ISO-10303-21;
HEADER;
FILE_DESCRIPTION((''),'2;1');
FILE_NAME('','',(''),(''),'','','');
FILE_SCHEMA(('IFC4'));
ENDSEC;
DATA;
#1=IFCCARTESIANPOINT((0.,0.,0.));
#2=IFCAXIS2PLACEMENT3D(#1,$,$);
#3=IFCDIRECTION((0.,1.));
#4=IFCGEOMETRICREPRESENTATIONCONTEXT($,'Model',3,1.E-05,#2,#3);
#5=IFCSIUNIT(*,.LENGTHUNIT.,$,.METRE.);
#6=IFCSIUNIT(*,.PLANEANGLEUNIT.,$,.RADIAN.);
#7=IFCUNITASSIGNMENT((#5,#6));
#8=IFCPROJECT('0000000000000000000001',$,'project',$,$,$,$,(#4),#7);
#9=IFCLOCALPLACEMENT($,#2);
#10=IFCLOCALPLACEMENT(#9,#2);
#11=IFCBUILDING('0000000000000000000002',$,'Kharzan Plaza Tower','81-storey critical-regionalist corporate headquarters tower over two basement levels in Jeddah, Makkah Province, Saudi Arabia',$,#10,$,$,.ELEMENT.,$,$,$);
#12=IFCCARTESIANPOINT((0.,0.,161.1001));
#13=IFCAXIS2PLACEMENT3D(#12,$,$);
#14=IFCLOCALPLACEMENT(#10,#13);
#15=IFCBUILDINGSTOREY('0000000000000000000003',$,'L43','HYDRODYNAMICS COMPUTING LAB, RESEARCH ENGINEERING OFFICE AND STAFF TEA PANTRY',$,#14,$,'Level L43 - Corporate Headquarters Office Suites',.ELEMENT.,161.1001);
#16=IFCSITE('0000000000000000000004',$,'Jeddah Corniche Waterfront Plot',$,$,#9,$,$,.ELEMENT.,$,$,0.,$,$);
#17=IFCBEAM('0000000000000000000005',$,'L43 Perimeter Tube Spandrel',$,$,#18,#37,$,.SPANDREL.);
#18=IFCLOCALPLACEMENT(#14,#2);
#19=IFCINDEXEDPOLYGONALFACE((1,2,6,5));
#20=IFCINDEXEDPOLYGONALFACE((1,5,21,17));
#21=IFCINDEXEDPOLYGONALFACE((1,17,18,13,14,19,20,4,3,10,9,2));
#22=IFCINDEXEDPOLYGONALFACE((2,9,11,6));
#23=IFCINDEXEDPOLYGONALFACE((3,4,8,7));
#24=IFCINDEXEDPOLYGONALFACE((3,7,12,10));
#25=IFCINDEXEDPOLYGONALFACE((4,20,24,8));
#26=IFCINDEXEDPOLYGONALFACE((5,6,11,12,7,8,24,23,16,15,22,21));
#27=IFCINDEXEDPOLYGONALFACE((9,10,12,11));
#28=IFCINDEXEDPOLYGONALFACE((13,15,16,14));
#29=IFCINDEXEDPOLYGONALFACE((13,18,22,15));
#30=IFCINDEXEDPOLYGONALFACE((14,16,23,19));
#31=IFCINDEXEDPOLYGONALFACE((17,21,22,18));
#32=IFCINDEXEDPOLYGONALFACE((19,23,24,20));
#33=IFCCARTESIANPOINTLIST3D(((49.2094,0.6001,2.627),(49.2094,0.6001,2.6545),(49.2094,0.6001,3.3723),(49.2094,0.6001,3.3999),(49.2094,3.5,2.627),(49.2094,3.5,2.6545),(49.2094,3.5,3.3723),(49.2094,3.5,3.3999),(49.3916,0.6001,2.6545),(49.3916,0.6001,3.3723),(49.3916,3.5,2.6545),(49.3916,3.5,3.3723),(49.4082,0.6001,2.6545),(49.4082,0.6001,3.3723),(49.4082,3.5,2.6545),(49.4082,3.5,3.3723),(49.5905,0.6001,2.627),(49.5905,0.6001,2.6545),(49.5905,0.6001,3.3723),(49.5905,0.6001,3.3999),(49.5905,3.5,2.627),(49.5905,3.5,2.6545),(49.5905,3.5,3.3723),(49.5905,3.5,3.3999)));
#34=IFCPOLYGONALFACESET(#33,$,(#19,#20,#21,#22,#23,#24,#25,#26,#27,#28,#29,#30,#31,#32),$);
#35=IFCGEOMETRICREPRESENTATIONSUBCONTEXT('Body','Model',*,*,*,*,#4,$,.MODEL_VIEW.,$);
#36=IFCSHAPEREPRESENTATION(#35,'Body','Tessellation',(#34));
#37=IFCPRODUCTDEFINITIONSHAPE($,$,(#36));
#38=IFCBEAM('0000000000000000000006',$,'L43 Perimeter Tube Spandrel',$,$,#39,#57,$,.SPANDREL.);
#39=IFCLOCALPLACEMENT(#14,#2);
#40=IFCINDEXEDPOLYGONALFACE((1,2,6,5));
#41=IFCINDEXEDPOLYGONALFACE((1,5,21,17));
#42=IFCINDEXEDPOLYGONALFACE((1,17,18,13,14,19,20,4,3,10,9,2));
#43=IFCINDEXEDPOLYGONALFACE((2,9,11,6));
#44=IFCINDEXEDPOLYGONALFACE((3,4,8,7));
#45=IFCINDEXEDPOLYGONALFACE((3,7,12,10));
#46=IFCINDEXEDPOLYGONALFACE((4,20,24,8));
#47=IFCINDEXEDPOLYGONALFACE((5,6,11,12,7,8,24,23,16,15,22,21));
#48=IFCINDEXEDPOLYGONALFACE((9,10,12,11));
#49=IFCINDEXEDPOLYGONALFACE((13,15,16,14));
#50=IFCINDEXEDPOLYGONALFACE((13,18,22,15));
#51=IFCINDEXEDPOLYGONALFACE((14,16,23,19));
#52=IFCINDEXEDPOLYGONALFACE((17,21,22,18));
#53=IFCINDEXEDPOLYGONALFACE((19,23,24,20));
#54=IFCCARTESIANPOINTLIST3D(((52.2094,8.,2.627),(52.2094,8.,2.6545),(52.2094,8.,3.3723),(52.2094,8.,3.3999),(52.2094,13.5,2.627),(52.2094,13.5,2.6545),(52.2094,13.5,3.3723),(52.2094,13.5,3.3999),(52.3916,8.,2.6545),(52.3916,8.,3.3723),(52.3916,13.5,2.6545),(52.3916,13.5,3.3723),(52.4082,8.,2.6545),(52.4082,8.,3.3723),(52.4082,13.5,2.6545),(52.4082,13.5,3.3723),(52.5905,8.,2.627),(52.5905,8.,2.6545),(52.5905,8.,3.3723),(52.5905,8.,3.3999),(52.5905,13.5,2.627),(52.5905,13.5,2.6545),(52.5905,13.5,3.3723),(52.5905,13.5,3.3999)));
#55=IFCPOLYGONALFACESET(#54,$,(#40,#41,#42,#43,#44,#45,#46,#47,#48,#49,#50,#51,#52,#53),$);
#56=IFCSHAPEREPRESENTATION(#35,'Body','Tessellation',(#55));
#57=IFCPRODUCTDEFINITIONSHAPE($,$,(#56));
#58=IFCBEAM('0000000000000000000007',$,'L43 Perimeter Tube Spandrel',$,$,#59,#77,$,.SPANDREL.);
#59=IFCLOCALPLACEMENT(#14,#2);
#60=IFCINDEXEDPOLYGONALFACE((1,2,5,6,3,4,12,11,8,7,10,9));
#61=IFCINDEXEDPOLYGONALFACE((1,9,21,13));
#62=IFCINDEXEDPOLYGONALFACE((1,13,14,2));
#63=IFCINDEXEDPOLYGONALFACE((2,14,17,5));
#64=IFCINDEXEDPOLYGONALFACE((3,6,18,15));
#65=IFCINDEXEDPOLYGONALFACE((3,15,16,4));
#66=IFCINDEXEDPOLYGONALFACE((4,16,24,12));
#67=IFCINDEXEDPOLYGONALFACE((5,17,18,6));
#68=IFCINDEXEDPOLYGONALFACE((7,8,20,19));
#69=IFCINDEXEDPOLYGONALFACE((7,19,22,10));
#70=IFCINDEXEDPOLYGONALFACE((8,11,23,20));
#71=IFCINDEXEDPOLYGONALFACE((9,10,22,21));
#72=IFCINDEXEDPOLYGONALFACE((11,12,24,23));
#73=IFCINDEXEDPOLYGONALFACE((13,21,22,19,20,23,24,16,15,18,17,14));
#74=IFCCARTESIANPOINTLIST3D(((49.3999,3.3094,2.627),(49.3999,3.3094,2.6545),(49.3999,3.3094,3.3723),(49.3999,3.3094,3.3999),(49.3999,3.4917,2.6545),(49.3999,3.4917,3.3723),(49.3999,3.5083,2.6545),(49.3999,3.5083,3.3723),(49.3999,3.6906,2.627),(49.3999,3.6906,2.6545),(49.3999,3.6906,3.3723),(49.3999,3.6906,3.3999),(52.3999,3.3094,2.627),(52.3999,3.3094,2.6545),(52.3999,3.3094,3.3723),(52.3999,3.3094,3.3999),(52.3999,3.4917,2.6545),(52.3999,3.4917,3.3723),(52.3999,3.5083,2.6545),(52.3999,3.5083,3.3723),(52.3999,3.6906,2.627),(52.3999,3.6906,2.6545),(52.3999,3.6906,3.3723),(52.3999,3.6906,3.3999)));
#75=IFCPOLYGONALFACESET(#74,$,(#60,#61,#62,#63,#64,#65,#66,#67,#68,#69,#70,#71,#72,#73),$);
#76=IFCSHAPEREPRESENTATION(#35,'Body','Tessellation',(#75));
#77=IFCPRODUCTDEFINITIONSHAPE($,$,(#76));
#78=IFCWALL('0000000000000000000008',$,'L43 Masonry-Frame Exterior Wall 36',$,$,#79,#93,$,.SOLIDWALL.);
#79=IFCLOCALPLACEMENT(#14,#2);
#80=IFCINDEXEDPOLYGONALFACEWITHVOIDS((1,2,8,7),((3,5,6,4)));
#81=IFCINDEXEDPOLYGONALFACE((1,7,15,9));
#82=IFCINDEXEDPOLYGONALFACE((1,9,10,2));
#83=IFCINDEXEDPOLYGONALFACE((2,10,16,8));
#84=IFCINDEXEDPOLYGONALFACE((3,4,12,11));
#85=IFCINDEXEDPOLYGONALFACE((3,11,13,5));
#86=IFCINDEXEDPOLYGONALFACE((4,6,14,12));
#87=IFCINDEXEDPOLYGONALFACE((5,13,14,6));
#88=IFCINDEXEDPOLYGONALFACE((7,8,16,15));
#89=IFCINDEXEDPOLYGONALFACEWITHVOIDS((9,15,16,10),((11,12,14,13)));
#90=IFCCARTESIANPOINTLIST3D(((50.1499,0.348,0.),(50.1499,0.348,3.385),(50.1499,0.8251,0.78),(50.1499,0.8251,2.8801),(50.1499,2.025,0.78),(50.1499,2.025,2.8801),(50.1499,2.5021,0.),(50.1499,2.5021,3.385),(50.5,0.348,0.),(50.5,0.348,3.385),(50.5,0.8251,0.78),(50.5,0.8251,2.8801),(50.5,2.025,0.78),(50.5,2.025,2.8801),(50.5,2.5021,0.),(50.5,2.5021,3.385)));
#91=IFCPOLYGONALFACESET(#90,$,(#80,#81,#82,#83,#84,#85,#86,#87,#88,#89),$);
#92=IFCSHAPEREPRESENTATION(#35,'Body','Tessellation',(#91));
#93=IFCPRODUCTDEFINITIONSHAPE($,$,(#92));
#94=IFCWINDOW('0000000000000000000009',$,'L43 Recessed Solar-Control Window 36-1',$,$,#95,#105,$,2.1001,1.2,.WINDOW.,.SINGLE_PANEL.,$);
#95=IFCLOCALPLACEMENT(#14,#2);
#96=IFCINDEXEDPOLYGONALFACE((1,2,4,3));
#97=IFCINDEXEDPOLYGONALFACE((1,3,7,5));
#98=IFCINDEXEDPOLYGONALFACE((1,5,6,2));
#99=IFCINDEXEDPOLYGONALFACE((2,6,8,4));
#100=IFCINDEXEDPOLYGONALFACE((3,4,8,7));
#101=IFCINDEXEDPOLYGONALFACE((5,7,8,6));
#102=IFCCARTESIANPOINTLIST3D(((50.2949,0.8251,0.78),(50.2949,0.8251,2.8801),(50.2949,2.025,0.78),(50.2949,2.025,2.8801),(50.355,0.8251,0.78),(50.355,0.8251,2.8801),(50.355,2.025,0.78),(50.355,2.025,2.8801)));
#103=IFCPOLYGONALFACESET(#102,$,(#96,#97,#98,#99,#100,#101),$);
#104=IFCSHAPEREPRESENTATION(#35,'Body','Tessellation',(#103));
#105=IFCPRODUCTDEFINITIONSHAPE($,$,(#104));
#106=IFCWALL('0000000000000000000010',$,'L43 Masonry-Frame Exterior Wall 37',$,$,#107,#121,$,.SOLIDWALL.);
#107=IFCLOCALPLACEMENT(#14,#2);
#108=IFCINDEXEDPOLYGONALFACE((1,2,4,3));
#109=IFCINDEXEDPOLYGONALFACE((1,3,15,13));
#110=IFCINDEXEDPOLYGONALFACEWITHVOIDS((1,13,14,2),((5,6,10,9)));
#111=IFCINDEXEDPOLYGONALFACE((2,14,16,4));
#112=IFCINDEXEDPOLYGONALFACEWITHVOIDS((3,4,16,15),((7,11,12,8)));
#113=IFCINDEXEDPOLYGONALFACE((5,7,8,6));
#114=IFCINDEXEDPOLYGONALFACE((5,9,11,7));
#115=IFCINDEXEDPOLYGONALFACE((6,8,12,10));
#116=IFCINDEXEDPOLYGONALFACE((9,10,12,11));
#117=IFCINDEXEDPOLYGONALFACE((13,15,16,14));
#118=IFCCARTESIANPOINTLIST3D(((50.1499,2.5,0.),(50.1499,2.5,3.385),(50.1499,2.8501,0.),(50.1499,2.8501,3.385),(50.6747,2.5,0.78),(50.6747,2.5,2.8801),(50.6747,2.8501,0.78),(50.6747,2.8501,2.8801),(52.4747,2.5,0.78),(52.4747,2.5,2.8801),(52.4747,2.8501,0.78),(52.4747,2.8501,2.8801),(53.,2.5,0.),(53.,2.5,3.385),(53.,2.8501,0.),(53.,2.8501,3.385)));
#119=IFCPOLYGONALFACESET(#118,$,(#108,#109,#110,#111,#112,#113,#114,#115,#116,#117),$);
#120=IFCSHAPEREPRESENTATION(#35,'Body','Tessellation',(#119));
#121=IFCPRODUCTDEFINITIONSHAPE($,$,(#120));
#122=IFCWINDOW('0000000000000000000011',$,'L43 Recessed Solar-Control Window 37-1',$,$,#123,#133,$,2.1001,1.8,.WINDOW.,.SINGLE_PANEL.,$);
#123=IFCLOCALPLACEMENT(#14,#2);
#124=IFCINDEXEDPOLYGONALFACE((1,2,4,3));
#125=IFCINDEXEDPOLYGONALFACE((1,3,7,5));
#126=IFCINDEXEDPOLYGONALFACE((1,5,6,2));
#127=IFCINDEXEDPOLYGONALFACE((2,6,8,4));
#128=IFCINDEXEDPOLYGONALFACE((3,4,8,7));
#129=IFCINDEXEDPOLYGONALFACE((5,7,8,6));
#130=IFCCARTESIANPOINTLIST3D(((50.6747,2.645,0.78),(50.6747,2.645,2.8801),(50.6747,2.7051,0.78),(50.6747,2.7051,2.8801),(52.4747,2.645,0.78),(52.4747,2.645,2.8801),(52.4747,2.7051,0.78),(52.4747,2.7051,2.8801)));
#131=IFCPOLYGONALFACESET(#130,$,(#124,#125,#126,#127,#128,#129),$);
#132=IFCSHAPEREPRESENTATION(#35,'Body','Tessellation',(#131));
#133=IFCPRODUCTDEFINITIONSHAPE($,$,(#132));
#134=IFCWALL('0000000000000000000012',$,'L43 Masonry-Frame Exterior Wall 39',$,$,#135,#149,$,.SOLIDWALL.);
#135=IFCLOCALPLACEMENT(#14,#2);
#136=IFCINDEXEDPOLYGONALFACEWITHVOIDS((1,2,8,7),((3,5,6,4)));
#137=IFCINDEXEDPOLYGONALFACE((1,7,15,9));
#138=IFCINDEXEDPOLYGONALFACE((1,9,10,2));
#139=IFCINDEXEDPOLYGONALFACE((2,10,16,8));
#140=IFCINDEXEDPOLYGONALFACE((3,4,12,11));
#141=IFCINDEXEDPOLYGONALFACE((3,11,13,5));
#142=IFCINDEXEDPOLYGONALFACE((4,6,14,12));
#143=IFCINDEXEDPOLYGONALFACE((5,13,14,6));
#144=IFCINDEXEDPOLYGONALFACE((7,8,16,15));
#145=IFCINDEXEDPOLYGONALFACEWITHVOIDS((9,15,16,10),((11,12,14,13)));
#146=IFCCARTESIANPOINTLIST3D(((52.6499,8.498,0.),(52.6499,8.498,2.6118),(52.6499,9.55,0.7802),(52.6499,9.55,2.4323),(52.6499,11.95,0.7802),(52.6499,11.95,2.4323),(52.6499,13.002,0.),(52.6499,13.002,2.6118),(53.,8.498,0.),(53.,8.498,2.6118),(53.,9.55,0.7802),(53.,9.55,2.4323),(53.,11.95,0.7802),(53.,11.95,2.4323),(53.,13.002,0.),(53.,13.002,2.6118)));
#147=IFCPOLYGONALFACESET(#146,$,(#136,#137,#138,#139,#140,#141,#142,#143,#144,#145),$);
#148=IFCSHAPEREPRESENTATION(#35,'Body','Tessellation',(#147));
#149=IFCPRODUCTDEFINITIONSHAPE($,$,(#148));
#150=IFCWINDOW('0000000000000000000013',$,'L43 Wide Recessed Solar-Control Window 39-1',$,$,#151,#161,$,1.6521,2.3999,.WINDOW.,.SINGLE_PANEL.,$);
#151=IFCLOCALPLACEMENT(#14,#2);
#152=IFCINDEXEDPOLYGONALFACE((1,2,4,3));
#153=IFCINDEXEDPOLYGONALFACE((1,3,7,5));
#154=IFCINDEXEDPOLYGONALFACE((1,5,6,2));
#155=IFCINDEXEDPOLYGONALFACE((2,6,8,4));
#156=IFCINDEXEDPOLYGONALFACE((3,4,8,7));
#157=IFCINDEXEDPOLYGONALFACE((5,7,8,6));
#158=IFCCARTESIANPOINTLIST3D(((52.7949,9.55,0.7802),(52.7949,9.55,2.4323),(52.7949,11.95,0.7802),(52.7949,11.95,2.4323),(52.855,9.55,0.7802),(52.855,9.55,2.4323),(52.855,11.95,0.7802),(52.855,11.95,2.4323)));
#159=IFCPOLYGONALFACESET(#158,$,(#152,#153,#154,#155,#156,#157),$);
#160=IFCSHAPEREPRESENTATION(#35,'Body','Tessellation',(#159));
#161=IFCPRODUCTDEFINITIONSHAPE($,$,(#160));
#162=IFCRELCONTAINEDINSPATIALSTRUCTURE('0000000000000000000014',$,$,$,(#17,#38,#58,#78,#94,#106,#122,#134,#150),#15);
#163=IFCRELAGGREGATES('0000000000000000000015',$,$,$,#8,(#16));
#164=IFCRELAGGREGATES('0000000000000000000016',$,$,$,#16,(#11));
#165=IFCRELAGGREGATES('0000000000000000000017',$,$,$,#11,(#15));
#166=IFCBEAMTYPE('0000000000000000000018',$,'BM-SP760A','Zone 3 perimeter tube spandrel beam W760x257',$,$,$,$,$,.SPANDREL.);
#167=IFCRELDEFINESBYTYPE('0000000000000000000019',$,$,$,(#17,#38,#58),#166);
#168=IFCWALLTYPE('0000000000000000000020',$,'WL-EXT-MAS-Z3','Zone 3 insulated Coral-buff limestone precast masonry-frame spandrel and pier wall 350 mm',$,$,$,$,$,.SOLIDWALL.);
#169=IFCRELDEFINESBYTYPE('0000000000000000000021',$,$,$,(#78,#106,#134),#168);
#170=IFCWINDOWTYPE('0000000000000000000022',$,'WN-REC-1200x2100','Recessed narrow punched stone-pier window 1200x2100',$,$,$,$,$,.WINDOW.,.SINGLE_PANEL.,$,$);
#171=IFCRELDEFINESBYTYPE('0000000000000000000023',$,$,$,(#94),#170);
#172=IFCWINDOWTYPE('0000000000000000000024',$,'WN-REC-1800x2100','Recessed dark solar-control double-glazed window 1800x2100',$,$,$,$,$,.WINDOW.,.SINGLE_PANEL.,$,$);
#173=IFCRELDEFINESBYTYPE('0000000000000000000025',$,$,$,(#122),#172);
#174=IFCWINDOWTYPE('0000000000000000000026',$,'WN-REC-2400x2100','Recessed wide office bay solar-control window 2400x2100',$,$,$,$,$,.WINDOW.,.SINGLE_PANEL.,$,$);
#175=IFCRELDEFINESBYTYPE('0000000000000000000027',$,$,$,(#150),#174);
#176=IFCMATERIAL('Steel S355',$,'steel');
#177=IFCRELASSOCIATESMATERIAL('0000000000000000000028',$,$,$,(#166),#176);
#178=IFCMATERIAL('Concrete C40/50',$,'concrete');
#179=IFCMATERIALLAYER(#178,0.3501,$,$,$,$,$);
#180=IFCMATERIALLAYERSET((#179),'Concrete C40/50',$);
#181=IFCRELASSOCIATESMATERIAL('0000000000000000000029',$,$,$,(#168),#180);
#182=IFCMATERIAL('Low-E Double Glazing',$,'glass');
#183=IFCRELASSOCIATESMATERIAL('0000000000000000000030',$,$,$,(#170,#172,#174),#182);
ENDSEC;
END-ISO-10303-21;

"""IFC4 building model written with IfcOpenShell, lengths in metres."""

from ifc_helpers import new_model, si_unit, direction, frame, frame_2d, origin, origin_2d, place, context, subcontext, project, spatial, rectangle, i_section, extrude, source, transform, mapped, material, layer, layer_set, material_profile, profile_set, type_object, element, fill, save


model = new_model("IFC4")

# Units and contexts
model_context = context("Model", 3, precision=1e-05, world=origin(), true_north=direction((0.0, 1.0)))
body_context = subcontext(model_context, "Body", "Model", "MODEL_VIEW")
ifc_project = project(units=[si_unit("LENGTHUNIT", "METRE"), si_unit("PLANEANGLEUNIT", "RADIAN")], contexts=[model_context])

# Site, building, storey
site_placement = place(None, origin())
site = spatial("IfcSite", under=ifc_project, at=site_placement, Name="Jeddah Corniche Waterfront Plot", CompositionType="ELEMENT", RefElevation=0.0)
building_placement = place(site_placement, origin())
building = spatial("IfcBuilding", under=site, at=building_placement, Name="Kharzan Plaza Tower", Description="81-storey critical-regionalist corporate headquarters tower over two basement levels in Jeddah, Makkah Province, Saudi Arabia", CompositionType="ELEMENT")
storey_placement = place(building_placement, frame((0.0, 0.0, 161.1001)))
storey = spatial("IfcBuildingStorey", under=building, at=storey_placement, Name="L43", Description="HYDRODYNAMICS COMPUTING LAB, RESEARCH ENGINEERING OFFICE AND STAFF TEA PANTRY", LongName="Level L43 - Corporate Headquarters Office Suites", CompositionType="ELEMENT", Elevation=161.1001)

# Beams
ifc_material_1 = material(Name="Steel S355", Category="steel")
ifc_material_profile_1 = material_profile(ifc_material_1, i_section(OverallWidth=0.3811, OverallDepth=0.7729, WebThickness=0.0166, FlangeThickness=0.0276, at=origin_2d()), Name="W760x257")
ifc_profile_set_1 = profile_set([ifc_material_profile_1], Name="Steel S355")
beam_type_1 = type_object("IfcBeamType", Name="BM-SP760A", Description="Zone 3 perimeter tube spandrel beam W760x257", PredefinedType="SPANDREL", material=ifc_profile_set_1)
shared_shape_1 = source(origin(), body_context, "Body", "SweptSolid", [
    extrude(i_section(OverallWidth=0.3811, OverallDepth=0.7729, WebThickness=0.0166, FlangeThickness=0.0276, at=origin_2d()), origin(), (0.0, 0.0, 1.0), 2.8999),
])
beam_1_placement = place(storey_placement, frame((49.3999, 0.6001, 3.0134), z_axis=(0.0, 1.0, 0.0), x_axis=(-1.0, 0.0, 0.0)))
element("IfcBeam", 1, at=beam_1_placement, inside=storey, type_object=beam_type_1, Name="L43 Perimeter Tube Spandrel", PredefinedType="SPANDREL", context=body_context, shape_type="MappedRepresentation", body=[
    mapped(shared_shape_1, transform((0.0, 0.0, 0.0), x_axis=(1.0, 0.0, 0.0), y_axis=(0.0, 1.0, 0.0), z_axis=(0.0, 0.0, 1.0))),
])
shared_shape_2 = source(origin(), body_context, "Body", "SweptSolid", [
    extrude(i_section(OverallWidth=0.3811, OverallDepth=0.7729, WebThickness=0.0166, FlangeThickness=0.0276, at=origin_2d()), origin(), (0.0, 0.0, 1.0), 5.5),
])
beam_2_placement = place(storey_placement, frame((52.3999, 8.0, 3.0134), z_axis=(0.0, 1.0, 0.0), x_axis=(-1.0, 0.0, 0.0)))
element("IfcBeam", 2, at=beam_2_placement, inside=storey, type_object=beam_type_1, Name="L43 Perimeter Tube Spandrel", PredefinedType="SPANDREL", context=body_context, shape_type="MappedRepresentation", body=[
    mapped(shared_shape_2, transform((0.0, 0.0, 0.0), x_axis=(1.0, 0.0, 0.0), y_axis=(0.0, 1.0, 0.0), z_axis=(0.0, 0.0, 1.0))),
])
shared_shape_3 = source(origin(), body_context, "Body", "SweptSolid", [
    extrude(i_section(OverallWidth=0.3811, OverallDepth=0.7729, WebThickness=0.0166, FlangeThickness=0.0276, at=origin_2d()), origin(), (0.0, 0.0, 1.0), 3.0),
])
beam_3_placement = place(storey_placement, frame((49.3999, 3.5, 3.0134), z_axis=(1.0, 0.0, 0.0), x_axis=(0.0, 1.0, 0.0)))
element("IfcBeam", 3, at=beam_3_placement, inside=storey, type_object=beam_type_1, Name="L43 Perimeter Tube Spandrel", PredefinedType="SPANDREL", context=body_context, shape_type="MappedRepresentation", body=[
    mapped(shared_shape_3, transform((0.0, 0.0, 0.0), x_axis=(1.0, 0.0, 0.0), y_axis=(0.0, 1.0, 0.0), z_axis=(0.0, 0.0, 1.0))),
])

# Walls, openings, windows
ifc_material_2 = material(Name="Concrete C40/50", Category="concrete")
ifc_layer_1 = layer(ifc_material_2, 0.3501)
ifc_layer_set_1 = layer_set([ifc_layer_1], Name="Concrete C40/50")
wall_type_1 = type_object("IfcWallType", Name="WL-EXT-MAS-Z3", Description="Zone 3 insulated Coral-buff limestone precast masonry-frame spandrel and pier wall 350 mm", PredefinedType="SOLIDWALL", material=ifc_layer_set_1)
wall_1_placement = place(storey_placement, frame((50.325, 0.3479, 0.0), z_axis=(0.0, 0.0, 1.0), x_axis=(0.0, 1.0, 0.0)))
wall_1 = element("IfcWall", 4, at=wall_1_placement, inside=storey, type_object=wall_type_1, Name="L43 Masonry-Frame Exterior Wall 36", PredefinedType="SOLIDWALL", context=body_context, shape_type="SweptSolid", body=[
    extrude(rectangle(XDim=2.1541, YDim=0.3501, at=frame_2d((1.0771, 0.0))), origin(), (0.0, 0.0, 1.0), 3.385),
])
opening_1_placement = place(wall_1_placement, frame((0.4771, 0.0, 0.78)))
opening_1 = element("IfcOpeningElement", 5, at=opening_1_placement, cuts=wall_1, PredefinedType="OPENING", context=body_context, shape_type="SweptSolid", body=[
    extrude(rectangle(XDim=1.2, YDim=2.1001, at=frame_2d((0.6001, 1.05))), frame((0.0, 0.1851, 0.0), z_axis=(0.0, -1.0, 0.0), x_axis=(1.0, 0.0, 0.0)), (0.0, 0.0, 1.0), 0.3701),
])
ifc_material_3 = material(Name="Low-E Double Glazing", Category="glass")
window_type_1 = type_object("IfcWindowType", Name="WN-REC-1200x2100", Description="Recessed narrow punched stone-pier window 1200x2100", PartitioningType="SINGLE_PANEL", PredefinedType="WINDOW", material=ifc_material_3)
shared_shape_4 = source(origin(), body_context, "Body", "SweptSolid", [
    extrude(rectangle(XDim=1.2, YDim=2.1001, at=frame_2d((0.6001, 1.05))), frame((0.0, 0.03, 0.0), z_axis=(0.0, -1.0, 0.0), x_axis=(1.0, 0.0, 0.0)), (0.0, 0.0, 1.0), 0.0601),
])
window_1_placement = place(opening_1_placement, origin())
window_1 = element("IfcWindow", 6, at=window_1_placement, inside=storey, type_object=window_type_1, Name="L43 Recessed Solar-Control Window 36-1", OverallHeight=2.1001, OverallWidth=1.2, PartitioningType="SINGLE_PANEL", PredefinedType="WINDOW", context=body_context, shape_type="MappedRepresentation", body=[
    mapped(shared_shape_4, transform((0.0, 0.0, 0.0), x_axis=(1.0, 0.0, 0.0), y_axis=(0.0, 1.0, 0.0), z_axis=(0.0, 0.0, 1.0))),
])
fill(opening_1, window_1)
wall_2_placement = place(storey_placement, frame((50.1499, 2.675, 0.0), z_axis=(0.0, 0.0, 1.0), x_axis=(1.0, 0.0, 0.0)))
wall_2 = element("IfcWall", 7, at=wall_2_placement, inside=storey, type_object=wall_type_1, Name="L43 Masonry-Frame Exterior Wall 37", PredefinedType="SOLIDWALL", context=body_context, shape_type="SweptSolid", body=[
    extrude(rectangle(XDim=2.8501, YDim=0.3501, at=frame_2d((1.425, 0.0))), origin(), (0.0, 0.0, 1.0), 3.385),
])
opening_2_placement = place(wall_2_placement, frame((0.5249, 0.0, 0.78)))
opening_2 = element("IfcOpeningElement", 8, at=opening_2_placement, cuts=wall_2, PredefinedType="OPENING", context=body_context, shape_type="SweptSolid", body=[
    extrude(rectangle(XDim=1.8, YDim=2.1001, at=frame_2d((0.8999, 1.05))), frame((0.0, 0.1851, 0.0), z_axis=(0.0, -1.0, 0.0), x_axis=(1.0, 0.0, 0.0)), (0.0, 0.0, 1.0), 0.3701),
])
window_type_2 = type_object("IfcWindowType", Name="WN-REC-1800x2100", Description="Recessed dark solar-control double-glazed window 1800x2100", PartitioningType="SINGLE_PANEL", PredefinedType="WINDOW", material=ifc_material_3)
shared_shape_5 = source(origin(), body_context, "Body", "SweptSolid", [
    extrude(rectangle(XDim=1.8, YDim=2.1001, at=frame_2d((0.8999, 1.05))), frame((0.0, 0.03, 0.0), z_axis=(0.0, -1.0, 0.0), x_axis=(1.0, 0.0, 0.0)), (0.0, 0.0, 1.0), 0.0601),
])
window_2_placement = place(opening_2_placement, origin())
window_2 = element("IfcWindow", 9, at=window_2_placement, inside=storey, type_object=window_type_2, Name="L43 Recessed Solar-Control Window 37-1", OverallHeight=2.1001, OverallWidth=1.8, PartitioningType="SINGLE_PANEL", PredefinedType="WINDOW", context=body_context, shape_type="MappedRepresentation", body=[
    mapped(shared_shape_5, transform((0.0, 0.0, 0.0), x_axis=(1.0, 0.0, 0.0), y_axis=(0.0, 1.0, 0.0), z_axis=(0.0, 0.0, 1.0))),
])
fill(opening_2, window_2)
wall_3_placement = place(storey_placement, frame((52.825, 8.498, 0.0), z_axis=(0.0, 0.0, 1.0), x_axis=(0.0, 1.0, 0.0)))
wall_3 = element("IfcWall", 10, at=wall_3_placement, inside=storey, type_object=wall_type_1, Name="L43 Masonry-Frame Exterior Wall 39", PredefinedType="SOLIDWALL", context=body_context, shape_type="SweptSolid", body=[
    extrude(rectangle(XDim=4.5039, YDim=0.3501, at=frame_2d((2.252, 0.0))), origin(), (0.0, 0.0, 1.0), 2.6118),
])
opening_3_placement = place(wall_3_placement, frame((1.052, 0.0, 0.78)))
opening_3 = element("IfcOpeningElement", 11, at=opening_3_placement, cuts=wall_3, PredefinedType="OPENING", context=body_context, shape_type="SweptSolid", body=[
    extrude(rectangle(XDim=2.3999, YDim=1.6521, at=frame_2d((1.2, 0.8262))), frame((0.0, 0.1851, 0.0), z_axis=(0.0, -1.0, 0.0), x_axis=(1.0, 0.0, 0.0)), (0.0, 0.0, 1.0), 0.3701),
])
window_type_3 = type_object("IfcWindowType", Name="WN-REC-2400x2100", Description="Recessed wide office bay solar-control window 2400x2100", PartitioningType="SINGLE_PANEL", PredefinedType="WINDOW", material=ifc_material_3)
shared_shape_6 = source(origin(), body_context, "Body", "SweptSolid", [
    extrude(rectangle(XDim=2.3999, YDim=1.6521, at=frame_2d((1.2, 0.8262))), frame((0.0, 0.03, 0.0), z_axis=(0.0, -1.0, 0.0), x_axis=(1.0, 0.0, 0.0)), (0.0, 0.0, 1.0), 0.0601),
])
window_3_placement = place(opening_3_placement, origin())
window_3 = element("IfcWindow", 12, at=window_3_placement, inside=storey, type_object=window_type_3, Name="L43 Wide Recessed Solar-Control Window 39-1", OverallHeight=1.6521, OverallWidth=2.3999, PartitioningType="SINGLE_PANEL", PredefinedType="WINDOW", context=body_context, shape_type="MappedRepresentation", body=[
    mapped(shared_shape_6, transform((0.0, 0.0, 0.0), x_axis=(1.0, 0.0, 0.0), y_axis=(0.0, 1.0, 0.0), z_axis=(0.0, 0.0, 1.0))),
])
fill(opening_3, window_3)

save(model, "model.ifc")
